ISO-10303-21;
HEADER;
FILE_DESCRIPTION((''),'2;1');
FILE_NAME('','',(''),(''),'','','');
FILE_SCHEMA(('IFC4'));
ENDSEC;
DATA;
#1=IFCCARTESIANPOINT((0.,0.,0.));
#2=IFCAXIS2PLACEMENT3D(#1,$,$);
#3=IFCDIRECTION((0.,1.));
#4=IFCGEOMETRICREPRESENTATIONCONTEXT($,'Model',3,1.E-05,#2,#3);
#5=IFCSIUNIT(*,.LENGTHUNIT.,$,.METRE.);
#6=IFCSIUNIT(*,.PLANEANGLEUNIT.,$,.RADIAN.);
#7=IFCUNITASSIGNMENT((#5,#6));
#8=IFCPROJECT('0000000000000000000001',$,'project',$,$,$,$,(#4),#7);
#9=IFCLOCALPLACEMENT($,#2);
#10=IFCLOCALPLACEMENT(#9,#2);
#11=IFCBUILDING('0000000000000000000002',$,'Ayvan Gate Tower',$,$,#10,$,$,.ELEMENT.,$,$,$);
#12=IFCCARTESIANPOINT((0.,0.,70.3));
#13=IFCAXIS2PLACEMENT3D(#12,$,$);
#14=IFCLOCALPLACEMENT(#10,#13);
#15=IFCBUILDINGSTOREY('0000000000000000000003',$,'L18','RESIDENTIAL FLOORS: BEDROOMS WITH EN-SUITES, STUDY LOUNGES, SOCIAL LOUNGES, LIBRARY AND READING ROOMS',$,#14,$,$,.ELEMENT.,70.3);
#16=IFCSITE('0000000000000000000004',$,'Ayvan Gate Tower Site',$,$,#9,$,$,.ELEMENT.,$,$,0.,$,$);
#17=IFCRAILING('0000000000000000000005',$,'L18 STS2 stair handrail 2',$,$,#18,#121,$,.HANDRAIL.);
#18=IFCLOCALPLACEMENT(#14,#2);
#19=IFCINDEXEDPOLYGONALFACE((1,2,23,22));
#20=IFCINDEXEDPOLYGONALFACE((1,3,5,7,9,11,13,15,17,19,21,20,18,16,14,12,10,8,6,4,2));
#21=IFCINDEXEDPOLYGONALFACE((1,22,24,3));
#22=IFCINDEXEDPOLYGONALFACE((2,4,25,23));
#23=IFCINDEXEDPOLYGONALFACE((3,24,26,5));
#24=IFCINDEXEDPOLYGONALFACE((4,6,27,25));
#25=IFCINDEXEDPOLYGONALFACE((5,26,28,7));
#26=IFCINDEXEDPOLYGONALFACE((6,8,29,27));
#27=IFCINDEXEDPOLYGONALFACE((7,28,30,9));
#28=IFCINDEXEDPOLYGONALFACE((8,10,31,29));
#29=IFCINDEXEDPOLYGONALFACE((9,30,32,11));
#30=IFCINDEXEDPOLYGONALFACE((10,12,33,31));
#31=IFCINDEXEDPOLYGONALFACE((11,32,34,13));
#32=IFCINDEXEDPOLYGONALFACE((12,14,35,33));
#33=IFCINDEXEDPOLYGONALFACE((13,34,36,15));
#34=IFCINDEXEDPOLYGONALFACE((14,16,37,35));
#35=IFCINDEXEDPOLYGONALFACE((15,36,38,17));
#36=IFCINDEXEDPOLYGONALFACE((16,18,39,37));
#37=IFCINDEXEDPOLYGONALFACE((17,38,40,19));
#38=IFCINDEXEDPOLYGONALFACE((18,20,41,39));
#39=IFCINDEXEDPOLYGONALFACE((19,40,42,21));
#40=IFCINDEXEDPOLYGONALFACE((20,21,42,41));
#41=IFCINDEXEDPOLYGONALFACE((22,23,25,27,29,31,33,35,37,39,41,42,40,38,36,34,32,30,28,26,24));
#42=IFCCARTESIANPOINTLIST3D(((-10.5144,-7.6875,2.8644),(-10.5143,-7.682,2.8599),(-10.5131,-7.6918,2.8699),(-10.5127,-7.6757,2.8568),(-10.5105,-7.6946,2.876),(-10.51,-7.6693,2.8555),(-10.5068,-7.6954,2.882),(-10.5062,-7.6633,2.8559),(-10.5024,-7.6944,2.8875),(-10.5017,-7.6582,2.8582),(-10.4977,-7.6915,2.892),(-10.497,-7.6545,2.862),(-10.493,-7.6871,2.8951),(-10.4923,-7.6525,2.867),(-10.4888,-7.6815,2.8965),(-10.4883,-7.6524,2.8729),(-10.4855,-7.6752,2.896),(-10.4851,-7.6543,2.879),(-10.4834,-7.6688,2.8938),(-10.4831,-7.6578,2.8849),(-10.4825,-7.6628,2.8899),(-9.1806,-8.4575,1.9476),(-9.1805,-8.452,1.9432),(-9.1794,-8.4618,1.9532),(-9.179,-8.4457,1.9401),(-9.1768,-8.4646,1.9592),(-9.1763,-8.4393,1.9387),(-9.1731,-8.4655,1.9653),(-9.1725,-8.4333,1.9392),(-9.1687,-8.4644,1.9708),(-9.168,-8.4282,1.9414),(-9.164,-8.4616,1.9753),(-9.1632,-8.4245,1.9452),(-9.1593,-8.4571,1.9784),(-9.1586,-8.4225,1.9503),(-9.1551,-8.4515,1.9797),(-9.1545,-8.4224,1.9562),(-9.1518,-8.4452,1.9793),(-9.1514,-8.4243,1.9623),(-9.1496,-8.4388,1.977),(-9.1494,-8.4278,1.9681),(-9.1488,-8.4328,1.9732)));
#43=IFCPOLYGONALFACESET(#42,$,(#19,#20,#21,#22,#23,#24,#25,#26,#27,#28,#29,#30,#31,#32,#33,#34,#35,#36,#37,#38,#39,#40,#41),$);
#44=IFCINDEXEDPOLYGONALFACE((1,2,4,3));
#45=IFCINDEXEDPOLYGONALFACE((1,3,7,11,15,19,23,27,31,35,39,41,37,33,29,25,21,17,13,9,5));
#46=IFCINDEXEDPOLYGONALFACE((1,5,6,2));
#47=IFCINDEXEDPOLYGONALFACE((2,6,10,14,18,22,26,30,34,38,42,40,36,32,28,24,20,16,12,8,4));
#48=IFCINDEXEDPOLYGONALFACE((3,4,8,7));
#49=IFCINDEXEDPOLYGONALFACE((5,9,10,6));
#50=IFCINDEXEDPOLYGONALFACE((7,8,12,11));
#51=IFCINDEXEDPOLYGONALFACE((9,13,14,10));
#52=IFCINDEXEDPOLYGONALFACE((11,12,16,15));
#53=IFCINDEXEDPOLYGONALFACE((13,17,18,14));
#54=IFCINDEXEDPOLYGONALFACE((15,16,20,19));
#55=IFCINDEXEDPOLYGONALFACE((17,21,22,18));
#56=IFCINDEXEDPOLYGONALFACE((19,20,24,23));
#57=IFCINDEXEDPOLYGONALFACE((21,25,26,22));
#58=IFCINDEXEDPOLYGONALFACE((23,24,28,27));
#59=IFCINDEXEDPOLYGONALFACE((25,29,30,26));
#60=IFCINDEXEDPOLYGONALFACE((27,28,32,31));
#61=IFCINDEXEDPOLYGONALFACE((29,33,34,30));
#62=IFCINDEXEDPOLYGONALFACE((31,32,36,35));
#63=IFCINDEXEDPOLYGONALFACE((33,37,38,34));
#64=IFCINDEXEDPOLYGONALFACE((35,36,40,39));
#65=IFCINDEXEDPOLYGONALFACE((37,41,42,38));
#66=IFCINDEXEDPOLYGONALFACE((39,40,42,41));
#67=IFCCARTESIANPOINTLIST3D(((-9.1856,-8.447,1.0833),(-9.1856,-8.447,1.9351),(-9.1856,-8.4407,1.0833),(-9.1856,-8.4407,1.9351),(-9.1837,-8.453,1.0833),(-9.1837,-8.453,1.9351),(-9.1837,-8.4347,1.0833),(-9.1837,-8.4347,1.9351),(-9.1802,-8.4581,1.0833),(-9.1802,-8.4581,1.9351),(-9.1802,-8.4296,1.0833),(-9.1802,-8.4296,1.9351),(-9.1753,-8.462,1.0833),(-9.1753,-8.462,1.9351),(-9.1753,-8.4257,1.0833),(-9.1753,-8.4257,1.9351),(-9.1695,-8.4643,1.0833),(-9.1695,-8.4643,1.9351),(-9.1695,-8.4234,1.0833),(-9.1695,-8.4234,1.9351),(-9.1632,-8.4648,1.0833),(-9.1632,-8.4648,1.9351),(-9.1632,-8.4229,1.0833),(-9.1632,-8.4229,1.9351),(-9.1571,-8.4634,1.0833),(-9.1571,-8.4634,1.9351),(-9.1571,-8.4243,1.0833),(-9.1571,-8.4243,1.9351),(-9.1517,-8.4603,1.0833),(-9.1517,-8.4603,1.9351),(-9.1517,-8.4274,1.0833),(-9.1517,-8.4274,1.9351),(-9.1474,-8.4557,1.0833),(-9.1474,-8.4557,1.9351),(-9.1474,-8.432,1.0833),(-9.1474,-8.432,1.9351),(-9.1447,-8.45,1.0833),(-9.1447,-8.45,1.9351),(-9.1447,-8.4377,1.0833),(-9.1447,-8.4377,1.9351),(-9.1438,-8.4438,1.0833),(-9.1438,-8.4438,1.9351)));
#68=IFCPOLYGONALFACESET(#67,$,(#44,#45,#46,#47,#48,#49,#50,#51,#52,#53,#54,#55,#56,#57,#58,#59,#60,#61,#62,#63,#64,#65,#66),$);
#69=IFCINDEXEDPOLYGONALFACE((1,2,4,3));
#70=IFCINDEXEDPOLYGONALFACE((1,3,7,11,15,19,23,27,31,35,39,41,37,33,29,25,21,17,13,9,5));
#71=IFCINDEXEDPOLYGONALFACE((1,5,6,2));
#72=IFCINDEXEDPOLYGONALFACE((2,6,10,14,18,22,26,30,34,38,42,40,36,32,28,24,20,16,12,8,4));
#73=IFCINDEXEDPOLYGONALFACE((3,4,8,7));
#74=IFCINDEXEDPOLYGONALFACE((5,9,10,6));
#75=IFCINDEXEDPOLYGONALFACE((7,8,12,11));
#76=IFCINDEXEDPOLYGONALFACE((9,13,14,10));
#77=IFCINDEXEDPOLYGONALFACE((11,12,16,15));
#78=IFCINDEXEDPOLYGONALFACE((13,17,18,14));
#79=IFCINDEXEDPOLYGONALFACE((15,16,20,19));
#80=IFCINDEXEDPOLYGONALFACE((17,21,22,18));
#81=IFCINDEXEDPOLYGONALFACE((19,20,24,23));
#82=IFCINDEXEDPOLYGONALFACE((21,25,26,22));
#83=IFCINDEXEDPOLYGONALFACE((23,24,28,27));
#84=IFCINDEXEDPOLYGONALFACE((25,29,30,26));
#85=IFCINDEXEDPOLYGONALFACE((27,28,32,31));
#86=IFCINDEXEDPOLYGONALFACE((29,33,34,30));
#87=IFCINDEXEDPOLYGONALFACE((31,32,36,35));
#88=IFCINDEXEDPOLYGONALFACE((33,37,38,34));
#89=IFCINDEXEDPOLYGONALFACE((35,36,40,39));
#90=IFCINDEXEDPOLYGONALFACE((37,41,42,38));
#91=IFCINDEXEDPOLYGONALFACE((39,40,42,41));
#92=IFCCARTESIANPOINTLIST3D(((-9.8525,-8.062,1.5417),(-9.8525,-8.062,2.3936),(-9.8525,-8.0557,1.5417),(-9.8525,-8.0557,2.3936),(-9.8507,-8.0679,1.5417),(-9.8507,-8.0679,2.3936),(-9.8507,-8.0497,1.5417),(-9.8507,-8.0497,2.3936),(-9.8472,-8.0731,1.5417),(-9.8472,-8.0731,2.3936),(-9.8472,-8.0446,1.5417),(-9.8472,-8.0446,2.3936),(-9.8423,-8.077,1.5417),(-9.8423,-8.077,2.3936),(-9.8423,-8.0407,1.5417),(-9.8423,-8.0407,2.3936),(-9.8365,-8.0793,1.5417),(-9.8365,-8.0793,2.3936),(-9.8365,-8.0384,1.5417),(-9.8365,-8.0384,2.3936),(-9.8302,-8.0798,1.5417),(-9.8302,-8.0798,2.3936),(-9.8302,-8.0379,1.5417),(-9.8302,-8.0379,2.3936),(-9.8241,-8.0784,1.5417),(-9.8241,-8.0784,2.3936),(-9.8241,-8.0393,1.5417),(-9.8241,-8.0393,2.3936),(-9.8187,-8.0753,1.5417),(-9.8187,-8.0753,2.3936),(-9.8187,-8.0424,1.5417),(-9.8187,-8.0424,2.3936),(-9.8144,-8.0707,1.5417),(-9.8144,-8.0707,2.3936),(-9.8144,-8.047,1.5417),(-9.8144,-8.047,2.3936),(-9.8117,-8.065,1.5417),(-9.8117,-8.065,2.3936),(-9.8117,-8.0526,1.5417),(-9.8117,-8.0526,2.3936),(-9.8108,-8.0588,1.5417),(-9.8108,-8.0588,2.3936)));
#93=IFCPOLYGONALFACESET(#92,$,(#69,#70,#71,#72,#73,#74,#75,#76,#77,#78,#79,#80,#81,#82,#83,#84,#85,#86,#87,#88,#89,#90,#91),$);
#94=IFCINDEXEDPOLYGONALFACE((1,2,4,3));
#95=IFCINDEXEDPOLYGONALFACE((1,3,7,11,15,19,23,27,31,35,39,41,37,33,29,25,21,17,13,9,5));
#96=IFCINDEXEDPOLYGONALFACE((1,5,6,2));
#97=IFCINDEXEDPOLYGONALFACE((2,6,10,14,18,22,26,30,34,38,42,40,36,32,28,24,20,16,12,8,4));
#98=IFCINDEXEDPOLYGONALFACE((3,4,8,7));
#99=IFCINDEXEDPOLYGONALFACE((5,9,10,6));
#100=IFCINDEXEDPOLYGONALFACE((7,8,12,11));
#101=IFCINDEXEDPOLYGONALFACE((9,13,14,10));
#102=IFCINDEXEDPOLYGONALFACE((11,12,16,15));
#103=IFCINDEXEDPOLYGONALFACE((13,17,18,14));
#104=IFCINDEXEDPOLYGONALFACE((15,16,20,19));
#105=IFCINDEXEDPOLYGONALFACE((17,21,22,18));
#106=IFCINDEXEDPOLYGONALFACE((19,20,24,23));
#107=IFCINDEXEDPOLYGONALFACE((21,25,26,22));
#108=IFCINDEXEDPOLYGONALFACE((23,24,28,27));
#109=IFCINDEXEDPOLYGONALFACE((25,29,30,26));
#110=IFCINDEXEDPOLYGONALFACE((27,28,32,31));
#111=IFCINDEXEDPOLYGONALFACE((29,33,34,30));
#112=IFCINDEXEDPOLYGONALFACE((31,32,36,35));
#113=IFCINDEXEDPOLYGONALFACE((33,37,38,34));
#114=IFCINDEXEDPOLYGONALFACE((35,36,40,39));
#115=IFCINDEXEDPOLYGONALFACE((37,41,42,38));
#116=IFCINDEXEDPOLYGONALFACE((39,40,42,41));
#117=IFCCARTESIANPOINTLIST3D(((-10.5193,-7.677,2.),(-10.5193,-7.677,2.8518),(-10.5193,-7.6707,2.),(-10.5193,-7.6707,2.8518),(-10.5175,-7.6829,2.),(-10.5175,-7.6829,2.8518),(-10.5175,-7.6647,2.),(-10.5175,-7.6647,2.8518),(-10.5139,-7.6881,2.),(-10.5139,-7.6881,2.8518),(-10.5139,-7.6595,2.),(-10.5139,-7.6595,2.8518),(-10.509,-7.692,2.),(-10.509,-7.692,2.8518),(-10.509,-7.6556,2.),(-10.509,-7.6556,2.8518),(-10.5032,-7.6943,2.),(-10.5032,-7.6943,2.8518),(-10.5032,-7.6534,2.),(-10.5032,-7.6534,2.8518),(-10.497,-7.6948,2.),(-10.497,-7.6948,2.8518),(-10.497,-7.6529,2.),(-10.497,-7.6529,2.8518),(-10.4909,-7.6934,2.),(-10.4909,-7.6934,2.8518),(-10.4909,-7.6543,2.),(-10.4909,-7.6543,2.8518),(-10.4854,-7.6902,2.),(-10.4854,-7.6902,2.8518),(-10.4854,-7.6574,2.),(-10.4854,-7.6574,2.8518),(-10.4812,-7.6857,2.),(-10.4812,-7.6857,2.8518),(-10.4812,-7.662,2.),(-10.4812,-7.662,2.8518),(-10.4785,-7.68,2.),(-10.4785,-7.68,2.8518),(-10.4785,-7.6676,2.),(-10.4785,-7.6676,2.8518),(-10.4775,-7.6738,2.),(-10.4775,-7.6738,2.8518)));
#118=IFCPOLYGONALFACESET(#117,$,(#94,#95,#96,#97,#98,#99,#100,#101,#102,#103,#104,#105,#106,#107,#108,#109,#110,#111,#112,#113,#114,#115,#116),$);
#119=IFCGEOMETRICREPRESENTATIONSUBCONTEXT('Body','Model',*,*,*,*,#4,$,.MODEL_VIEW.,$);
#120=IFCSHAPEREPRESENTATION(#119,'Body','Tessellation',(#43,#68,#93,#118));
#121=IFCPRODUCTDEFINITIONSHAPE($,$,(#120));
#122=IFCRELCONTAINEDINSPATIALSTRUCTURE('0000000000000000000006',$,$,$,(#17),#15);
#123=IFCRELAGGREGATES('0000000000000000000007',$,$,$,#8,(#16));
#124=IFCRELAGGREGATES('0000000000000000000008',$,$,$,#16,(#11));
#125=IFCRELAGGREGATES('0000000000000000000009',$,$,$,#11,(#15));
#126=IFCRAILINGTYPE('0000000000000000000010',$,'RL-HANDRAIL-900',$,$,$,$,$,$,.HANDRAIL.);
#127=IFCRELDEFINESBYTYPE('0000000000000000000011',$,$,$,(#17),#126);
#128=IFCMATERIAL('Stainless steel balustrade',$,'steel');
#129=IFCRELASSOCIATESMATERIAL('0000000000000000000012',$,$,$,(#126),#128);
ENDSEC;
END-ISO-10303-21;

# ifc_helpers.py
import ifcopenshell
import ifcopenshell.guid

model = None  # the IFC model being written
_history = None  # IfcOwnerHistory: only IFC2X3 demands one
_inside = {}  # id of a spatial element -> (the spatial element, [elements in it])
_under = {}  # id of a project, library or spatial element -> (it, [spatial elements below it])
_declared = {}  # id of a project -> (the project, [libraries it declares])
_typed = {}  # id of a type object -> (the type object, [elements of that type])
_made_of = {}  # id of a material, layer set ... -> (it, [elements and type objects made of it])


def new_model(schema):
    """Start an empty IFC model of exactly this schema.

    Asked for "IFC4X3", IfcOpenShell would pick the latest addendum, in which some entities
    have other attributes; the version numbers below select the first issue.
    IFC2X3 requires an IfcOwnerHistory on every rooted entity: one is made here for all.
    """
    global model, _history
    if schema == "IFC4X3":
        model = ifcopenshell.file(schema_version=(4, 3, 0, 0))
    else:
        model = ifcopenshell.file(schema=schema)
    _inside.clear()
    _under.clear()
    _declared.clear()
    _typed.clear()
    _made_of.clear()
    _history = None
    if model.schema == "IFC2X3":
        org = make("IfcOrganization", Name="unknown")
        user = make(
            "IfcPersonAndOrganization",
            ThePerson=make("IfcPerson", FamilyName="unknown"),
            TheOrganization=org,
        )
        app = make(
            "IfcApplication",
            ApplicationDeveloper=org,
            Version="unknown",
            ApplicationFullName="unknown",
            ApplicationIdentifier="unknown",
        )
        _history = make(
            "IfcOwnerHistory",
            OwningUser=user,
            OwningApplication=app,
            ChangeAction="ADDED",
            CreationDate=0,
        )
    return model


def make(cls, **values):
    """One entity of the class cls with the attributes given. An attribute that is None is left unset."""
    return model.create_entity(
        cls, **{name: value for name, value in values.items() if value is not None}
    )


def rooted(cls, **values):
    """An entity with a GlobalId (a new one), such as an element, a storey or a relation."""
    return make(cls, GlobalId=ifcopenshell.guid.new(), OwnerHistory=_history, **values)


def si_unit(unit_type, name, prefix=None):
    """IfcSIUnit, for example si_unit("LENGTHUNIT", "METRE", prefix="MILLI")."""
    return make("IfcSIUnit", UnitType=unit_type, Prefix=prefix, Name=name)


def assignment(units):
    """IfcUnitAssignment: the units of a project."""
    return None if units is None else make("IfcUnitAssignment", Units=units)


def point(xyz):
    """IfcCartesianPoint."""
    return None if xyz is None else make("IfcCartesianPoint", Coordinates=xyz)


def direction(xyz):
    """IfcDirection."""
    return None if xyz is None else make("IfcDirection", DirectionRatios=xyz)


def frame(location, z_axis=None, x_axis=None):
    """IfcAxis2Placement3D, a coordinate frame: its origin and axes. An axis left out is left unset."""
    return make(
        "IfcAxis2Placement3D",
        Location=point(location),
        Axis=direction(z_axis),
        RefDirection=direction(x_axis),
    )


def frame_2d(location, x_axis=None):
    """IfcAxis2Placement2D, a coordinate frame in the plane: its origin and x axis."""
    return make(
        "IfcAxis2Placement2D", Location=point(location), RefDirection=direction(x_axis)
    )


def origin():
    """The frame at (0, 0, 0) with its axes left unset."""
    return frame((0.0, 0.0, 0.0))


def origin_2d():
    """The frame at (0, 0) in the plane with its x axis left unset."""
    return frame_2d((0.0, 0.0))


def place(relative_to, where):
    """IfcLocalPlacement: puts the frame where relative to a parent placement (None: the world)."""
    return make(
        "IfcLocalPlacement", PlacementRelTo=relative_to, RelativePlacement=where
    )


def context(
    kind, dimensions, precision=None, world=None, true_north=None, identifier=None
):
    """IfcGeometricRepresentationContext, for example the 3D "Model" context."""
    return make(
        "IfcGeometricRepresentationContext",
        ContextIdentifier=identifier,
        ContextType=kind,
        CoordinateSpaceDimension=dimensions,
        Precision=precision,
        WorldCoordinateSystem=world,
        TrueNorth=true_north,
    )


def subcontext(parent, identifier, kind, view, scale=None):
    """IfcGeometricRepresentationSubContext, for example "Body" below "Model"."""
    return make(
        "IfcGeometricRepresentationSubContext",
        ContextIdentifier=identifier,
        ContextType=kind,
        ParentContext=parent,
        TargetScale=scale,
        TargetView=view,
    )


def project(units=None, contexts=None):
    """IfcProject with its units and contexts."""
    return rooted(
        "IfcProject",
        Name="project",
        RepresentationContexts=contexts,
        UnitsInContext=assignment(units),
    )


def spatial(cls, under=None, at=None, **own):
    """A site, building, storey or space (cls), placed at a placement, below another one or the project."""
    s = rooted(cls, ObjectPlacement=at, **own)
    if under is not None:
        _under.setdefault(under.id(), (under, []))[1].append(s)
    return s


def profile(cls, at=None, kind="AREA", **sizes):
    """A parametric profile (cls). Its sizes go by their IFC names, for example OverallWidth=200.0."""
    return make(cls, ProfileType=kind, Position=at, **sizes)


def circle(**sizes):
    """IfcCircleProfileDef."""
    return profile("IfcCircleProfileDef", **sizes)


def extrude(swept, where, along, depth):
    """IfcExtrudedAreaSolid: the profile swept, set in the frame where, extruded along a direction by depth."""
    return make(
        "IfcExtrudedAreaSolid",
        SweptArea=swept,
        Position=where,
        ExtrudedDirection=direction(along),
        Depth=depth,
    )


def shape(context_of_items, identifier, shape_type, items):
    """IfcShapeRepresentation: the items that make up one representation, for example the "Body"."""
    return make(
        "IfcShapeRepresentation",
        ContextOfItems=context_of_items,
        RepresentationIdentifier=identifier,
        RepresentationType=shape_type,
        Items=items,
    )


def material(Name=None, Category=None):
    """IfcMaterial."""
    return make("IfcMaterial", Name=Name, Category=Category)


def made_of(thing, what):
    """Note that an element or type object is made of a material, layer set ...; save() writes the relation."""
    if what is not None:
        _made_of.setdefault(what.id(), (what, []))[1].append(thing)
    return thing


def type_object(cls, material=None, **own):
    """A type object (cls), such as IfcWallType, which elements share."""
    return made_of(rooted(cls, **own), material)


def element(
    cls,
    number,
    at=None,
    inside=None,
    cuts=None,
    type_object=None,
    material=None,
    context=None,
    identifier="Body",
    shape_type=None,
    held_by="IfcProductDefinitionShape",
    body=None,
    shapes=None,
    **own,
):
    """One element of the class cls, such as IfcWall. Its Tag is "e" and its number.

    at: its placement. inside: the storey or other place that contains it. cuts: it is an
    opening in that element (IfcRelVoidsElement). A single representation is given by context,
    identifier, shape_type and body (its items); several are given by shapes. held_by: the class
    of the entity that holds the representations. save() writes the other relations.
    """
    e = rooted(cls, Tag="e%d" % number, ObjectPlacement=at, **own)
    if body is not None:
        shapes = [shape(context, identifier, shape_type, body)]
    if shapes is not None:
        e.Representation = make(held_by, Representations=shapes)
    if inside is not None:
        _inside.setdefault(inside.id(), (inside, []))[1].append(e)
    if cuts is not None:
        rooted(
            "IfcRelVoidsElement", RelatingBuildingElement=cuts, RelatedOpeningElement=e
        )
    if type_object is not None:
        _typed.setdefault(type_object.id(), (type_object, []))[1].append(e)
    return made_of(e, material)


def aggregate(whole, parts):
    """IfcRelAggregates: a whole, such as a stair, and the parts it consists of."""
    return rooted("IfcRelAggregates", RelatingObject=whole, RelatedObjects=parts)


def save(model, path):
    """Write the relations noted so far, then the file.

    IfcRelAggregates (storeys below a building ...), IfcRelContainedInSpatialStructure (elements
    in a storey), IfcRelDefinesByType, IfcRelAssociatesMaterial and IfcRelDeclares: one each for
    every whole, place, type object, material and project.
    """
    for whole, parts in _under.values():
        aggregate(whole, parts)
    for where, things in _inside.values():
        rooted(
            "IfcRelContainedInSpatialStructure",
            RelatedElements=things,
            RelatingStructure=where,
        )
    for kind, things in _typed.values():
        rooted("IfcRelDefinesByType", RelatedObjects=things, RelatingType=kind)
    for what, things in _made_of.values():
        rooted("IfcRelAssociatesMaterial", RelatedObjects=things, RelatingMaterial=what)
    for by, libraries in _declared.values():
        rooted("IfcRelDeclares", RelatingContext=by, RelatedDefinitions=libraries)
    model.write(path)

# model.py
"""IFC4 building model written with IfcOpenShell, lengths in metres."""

from ifc_helpers import new_model, si_unit, direction, frame, origin, origin_2d, place, context, subcontext, project, spatial, circle, extrude, material, type_object, element, save


model = new_model("IFC4")

# Units and contexts
model_context = context("Model", 3, precision=1e-05, world=origin(), true_north=direction((0.0, 1.0)))
body_context = subcontext(model_context, "Body", "Model", "MODEL_VIEW")
ifc_project = project(units=[si_unit("LENGTHUNIT", "METRE"), si_unit("PLANEANGLEUNIT", "RADIAN")], contexts=[model_context])

# Site, building, storey
site_placement = place(None, origin())
site = spatial("IfcSite", under=ifc_project, at=site_placement, Name="Ayvan Gate Tower Site", CompositionType="ELEMENT", RefElevation=0.0)
building_placement = place(site_placement, origin())
building = spatial("IfcBuilding", under=site, at=building_placement, Name="Ayvan Gate Tower", CompositionType="ELEMENT")
storey_placement = place(building_placement, frame((0.0, 0.0, 70.3)))
storey = spatial("IfcBuildingStorey", under=building, at=storey_placement, Name="L18", Description="RESIDENTIAL FLOORS: BEDROOMS WITH EN-SUITES, STUDY LOUNGES, SOCIAL LOUNGES, LIBRARY AND READING ROOMS", CompositionType="ELEMENT", Elevation=70.3)

# Railing
ifc_material_1 = material(Name="Stainless steel balustrade", Category="steel")
railing_type_1 = type_object("IfcRailingType", Name="RL-HANDRAIL-900", PredefinedType="HANDRAIL", material=ifc_material_1)
for number, where, name in (
    (1, (-9.1648, -8.4438, 1.0833), "L18 STS2 stair handrail 2"),
):
    element("IfcRailing", number, at=place(storey_placement, frame(where)), inside=storey, type_object=railing_type_1, Name=name, PredefinedType="HANDRAIL", context=body_context, shape_type="SweptSolid", body=[
        extrude(circle(Radius=0.0239, at=origin_2d()), frame((0.0, 0.0, 0.876), z_axis=(-0.744164, 0.429634, 0.511502), x_axis=(-0.499992, -0.86603, 0.0)), (0.0, 0.0, 1.0), 1.7922),
        extrude(circle(Radius=0.021, at=origin_2d()), origin(), (0.0, 0.0, 1.0), 0.8518),
        extrude(circle(Radius=0.021, at=origin_2d()), frame((-0.667, 0.385, 0.4585)), (0.0, 0.0, 1.0), 0.8518),
        extrude(circle(Radius=0.021, at=origin_2d()), frame((-1.3337, 0.77, 0.9167)), (0.0, 0.0, 1.0), 0.8518),
    ])

save(model, "model.ifc")
